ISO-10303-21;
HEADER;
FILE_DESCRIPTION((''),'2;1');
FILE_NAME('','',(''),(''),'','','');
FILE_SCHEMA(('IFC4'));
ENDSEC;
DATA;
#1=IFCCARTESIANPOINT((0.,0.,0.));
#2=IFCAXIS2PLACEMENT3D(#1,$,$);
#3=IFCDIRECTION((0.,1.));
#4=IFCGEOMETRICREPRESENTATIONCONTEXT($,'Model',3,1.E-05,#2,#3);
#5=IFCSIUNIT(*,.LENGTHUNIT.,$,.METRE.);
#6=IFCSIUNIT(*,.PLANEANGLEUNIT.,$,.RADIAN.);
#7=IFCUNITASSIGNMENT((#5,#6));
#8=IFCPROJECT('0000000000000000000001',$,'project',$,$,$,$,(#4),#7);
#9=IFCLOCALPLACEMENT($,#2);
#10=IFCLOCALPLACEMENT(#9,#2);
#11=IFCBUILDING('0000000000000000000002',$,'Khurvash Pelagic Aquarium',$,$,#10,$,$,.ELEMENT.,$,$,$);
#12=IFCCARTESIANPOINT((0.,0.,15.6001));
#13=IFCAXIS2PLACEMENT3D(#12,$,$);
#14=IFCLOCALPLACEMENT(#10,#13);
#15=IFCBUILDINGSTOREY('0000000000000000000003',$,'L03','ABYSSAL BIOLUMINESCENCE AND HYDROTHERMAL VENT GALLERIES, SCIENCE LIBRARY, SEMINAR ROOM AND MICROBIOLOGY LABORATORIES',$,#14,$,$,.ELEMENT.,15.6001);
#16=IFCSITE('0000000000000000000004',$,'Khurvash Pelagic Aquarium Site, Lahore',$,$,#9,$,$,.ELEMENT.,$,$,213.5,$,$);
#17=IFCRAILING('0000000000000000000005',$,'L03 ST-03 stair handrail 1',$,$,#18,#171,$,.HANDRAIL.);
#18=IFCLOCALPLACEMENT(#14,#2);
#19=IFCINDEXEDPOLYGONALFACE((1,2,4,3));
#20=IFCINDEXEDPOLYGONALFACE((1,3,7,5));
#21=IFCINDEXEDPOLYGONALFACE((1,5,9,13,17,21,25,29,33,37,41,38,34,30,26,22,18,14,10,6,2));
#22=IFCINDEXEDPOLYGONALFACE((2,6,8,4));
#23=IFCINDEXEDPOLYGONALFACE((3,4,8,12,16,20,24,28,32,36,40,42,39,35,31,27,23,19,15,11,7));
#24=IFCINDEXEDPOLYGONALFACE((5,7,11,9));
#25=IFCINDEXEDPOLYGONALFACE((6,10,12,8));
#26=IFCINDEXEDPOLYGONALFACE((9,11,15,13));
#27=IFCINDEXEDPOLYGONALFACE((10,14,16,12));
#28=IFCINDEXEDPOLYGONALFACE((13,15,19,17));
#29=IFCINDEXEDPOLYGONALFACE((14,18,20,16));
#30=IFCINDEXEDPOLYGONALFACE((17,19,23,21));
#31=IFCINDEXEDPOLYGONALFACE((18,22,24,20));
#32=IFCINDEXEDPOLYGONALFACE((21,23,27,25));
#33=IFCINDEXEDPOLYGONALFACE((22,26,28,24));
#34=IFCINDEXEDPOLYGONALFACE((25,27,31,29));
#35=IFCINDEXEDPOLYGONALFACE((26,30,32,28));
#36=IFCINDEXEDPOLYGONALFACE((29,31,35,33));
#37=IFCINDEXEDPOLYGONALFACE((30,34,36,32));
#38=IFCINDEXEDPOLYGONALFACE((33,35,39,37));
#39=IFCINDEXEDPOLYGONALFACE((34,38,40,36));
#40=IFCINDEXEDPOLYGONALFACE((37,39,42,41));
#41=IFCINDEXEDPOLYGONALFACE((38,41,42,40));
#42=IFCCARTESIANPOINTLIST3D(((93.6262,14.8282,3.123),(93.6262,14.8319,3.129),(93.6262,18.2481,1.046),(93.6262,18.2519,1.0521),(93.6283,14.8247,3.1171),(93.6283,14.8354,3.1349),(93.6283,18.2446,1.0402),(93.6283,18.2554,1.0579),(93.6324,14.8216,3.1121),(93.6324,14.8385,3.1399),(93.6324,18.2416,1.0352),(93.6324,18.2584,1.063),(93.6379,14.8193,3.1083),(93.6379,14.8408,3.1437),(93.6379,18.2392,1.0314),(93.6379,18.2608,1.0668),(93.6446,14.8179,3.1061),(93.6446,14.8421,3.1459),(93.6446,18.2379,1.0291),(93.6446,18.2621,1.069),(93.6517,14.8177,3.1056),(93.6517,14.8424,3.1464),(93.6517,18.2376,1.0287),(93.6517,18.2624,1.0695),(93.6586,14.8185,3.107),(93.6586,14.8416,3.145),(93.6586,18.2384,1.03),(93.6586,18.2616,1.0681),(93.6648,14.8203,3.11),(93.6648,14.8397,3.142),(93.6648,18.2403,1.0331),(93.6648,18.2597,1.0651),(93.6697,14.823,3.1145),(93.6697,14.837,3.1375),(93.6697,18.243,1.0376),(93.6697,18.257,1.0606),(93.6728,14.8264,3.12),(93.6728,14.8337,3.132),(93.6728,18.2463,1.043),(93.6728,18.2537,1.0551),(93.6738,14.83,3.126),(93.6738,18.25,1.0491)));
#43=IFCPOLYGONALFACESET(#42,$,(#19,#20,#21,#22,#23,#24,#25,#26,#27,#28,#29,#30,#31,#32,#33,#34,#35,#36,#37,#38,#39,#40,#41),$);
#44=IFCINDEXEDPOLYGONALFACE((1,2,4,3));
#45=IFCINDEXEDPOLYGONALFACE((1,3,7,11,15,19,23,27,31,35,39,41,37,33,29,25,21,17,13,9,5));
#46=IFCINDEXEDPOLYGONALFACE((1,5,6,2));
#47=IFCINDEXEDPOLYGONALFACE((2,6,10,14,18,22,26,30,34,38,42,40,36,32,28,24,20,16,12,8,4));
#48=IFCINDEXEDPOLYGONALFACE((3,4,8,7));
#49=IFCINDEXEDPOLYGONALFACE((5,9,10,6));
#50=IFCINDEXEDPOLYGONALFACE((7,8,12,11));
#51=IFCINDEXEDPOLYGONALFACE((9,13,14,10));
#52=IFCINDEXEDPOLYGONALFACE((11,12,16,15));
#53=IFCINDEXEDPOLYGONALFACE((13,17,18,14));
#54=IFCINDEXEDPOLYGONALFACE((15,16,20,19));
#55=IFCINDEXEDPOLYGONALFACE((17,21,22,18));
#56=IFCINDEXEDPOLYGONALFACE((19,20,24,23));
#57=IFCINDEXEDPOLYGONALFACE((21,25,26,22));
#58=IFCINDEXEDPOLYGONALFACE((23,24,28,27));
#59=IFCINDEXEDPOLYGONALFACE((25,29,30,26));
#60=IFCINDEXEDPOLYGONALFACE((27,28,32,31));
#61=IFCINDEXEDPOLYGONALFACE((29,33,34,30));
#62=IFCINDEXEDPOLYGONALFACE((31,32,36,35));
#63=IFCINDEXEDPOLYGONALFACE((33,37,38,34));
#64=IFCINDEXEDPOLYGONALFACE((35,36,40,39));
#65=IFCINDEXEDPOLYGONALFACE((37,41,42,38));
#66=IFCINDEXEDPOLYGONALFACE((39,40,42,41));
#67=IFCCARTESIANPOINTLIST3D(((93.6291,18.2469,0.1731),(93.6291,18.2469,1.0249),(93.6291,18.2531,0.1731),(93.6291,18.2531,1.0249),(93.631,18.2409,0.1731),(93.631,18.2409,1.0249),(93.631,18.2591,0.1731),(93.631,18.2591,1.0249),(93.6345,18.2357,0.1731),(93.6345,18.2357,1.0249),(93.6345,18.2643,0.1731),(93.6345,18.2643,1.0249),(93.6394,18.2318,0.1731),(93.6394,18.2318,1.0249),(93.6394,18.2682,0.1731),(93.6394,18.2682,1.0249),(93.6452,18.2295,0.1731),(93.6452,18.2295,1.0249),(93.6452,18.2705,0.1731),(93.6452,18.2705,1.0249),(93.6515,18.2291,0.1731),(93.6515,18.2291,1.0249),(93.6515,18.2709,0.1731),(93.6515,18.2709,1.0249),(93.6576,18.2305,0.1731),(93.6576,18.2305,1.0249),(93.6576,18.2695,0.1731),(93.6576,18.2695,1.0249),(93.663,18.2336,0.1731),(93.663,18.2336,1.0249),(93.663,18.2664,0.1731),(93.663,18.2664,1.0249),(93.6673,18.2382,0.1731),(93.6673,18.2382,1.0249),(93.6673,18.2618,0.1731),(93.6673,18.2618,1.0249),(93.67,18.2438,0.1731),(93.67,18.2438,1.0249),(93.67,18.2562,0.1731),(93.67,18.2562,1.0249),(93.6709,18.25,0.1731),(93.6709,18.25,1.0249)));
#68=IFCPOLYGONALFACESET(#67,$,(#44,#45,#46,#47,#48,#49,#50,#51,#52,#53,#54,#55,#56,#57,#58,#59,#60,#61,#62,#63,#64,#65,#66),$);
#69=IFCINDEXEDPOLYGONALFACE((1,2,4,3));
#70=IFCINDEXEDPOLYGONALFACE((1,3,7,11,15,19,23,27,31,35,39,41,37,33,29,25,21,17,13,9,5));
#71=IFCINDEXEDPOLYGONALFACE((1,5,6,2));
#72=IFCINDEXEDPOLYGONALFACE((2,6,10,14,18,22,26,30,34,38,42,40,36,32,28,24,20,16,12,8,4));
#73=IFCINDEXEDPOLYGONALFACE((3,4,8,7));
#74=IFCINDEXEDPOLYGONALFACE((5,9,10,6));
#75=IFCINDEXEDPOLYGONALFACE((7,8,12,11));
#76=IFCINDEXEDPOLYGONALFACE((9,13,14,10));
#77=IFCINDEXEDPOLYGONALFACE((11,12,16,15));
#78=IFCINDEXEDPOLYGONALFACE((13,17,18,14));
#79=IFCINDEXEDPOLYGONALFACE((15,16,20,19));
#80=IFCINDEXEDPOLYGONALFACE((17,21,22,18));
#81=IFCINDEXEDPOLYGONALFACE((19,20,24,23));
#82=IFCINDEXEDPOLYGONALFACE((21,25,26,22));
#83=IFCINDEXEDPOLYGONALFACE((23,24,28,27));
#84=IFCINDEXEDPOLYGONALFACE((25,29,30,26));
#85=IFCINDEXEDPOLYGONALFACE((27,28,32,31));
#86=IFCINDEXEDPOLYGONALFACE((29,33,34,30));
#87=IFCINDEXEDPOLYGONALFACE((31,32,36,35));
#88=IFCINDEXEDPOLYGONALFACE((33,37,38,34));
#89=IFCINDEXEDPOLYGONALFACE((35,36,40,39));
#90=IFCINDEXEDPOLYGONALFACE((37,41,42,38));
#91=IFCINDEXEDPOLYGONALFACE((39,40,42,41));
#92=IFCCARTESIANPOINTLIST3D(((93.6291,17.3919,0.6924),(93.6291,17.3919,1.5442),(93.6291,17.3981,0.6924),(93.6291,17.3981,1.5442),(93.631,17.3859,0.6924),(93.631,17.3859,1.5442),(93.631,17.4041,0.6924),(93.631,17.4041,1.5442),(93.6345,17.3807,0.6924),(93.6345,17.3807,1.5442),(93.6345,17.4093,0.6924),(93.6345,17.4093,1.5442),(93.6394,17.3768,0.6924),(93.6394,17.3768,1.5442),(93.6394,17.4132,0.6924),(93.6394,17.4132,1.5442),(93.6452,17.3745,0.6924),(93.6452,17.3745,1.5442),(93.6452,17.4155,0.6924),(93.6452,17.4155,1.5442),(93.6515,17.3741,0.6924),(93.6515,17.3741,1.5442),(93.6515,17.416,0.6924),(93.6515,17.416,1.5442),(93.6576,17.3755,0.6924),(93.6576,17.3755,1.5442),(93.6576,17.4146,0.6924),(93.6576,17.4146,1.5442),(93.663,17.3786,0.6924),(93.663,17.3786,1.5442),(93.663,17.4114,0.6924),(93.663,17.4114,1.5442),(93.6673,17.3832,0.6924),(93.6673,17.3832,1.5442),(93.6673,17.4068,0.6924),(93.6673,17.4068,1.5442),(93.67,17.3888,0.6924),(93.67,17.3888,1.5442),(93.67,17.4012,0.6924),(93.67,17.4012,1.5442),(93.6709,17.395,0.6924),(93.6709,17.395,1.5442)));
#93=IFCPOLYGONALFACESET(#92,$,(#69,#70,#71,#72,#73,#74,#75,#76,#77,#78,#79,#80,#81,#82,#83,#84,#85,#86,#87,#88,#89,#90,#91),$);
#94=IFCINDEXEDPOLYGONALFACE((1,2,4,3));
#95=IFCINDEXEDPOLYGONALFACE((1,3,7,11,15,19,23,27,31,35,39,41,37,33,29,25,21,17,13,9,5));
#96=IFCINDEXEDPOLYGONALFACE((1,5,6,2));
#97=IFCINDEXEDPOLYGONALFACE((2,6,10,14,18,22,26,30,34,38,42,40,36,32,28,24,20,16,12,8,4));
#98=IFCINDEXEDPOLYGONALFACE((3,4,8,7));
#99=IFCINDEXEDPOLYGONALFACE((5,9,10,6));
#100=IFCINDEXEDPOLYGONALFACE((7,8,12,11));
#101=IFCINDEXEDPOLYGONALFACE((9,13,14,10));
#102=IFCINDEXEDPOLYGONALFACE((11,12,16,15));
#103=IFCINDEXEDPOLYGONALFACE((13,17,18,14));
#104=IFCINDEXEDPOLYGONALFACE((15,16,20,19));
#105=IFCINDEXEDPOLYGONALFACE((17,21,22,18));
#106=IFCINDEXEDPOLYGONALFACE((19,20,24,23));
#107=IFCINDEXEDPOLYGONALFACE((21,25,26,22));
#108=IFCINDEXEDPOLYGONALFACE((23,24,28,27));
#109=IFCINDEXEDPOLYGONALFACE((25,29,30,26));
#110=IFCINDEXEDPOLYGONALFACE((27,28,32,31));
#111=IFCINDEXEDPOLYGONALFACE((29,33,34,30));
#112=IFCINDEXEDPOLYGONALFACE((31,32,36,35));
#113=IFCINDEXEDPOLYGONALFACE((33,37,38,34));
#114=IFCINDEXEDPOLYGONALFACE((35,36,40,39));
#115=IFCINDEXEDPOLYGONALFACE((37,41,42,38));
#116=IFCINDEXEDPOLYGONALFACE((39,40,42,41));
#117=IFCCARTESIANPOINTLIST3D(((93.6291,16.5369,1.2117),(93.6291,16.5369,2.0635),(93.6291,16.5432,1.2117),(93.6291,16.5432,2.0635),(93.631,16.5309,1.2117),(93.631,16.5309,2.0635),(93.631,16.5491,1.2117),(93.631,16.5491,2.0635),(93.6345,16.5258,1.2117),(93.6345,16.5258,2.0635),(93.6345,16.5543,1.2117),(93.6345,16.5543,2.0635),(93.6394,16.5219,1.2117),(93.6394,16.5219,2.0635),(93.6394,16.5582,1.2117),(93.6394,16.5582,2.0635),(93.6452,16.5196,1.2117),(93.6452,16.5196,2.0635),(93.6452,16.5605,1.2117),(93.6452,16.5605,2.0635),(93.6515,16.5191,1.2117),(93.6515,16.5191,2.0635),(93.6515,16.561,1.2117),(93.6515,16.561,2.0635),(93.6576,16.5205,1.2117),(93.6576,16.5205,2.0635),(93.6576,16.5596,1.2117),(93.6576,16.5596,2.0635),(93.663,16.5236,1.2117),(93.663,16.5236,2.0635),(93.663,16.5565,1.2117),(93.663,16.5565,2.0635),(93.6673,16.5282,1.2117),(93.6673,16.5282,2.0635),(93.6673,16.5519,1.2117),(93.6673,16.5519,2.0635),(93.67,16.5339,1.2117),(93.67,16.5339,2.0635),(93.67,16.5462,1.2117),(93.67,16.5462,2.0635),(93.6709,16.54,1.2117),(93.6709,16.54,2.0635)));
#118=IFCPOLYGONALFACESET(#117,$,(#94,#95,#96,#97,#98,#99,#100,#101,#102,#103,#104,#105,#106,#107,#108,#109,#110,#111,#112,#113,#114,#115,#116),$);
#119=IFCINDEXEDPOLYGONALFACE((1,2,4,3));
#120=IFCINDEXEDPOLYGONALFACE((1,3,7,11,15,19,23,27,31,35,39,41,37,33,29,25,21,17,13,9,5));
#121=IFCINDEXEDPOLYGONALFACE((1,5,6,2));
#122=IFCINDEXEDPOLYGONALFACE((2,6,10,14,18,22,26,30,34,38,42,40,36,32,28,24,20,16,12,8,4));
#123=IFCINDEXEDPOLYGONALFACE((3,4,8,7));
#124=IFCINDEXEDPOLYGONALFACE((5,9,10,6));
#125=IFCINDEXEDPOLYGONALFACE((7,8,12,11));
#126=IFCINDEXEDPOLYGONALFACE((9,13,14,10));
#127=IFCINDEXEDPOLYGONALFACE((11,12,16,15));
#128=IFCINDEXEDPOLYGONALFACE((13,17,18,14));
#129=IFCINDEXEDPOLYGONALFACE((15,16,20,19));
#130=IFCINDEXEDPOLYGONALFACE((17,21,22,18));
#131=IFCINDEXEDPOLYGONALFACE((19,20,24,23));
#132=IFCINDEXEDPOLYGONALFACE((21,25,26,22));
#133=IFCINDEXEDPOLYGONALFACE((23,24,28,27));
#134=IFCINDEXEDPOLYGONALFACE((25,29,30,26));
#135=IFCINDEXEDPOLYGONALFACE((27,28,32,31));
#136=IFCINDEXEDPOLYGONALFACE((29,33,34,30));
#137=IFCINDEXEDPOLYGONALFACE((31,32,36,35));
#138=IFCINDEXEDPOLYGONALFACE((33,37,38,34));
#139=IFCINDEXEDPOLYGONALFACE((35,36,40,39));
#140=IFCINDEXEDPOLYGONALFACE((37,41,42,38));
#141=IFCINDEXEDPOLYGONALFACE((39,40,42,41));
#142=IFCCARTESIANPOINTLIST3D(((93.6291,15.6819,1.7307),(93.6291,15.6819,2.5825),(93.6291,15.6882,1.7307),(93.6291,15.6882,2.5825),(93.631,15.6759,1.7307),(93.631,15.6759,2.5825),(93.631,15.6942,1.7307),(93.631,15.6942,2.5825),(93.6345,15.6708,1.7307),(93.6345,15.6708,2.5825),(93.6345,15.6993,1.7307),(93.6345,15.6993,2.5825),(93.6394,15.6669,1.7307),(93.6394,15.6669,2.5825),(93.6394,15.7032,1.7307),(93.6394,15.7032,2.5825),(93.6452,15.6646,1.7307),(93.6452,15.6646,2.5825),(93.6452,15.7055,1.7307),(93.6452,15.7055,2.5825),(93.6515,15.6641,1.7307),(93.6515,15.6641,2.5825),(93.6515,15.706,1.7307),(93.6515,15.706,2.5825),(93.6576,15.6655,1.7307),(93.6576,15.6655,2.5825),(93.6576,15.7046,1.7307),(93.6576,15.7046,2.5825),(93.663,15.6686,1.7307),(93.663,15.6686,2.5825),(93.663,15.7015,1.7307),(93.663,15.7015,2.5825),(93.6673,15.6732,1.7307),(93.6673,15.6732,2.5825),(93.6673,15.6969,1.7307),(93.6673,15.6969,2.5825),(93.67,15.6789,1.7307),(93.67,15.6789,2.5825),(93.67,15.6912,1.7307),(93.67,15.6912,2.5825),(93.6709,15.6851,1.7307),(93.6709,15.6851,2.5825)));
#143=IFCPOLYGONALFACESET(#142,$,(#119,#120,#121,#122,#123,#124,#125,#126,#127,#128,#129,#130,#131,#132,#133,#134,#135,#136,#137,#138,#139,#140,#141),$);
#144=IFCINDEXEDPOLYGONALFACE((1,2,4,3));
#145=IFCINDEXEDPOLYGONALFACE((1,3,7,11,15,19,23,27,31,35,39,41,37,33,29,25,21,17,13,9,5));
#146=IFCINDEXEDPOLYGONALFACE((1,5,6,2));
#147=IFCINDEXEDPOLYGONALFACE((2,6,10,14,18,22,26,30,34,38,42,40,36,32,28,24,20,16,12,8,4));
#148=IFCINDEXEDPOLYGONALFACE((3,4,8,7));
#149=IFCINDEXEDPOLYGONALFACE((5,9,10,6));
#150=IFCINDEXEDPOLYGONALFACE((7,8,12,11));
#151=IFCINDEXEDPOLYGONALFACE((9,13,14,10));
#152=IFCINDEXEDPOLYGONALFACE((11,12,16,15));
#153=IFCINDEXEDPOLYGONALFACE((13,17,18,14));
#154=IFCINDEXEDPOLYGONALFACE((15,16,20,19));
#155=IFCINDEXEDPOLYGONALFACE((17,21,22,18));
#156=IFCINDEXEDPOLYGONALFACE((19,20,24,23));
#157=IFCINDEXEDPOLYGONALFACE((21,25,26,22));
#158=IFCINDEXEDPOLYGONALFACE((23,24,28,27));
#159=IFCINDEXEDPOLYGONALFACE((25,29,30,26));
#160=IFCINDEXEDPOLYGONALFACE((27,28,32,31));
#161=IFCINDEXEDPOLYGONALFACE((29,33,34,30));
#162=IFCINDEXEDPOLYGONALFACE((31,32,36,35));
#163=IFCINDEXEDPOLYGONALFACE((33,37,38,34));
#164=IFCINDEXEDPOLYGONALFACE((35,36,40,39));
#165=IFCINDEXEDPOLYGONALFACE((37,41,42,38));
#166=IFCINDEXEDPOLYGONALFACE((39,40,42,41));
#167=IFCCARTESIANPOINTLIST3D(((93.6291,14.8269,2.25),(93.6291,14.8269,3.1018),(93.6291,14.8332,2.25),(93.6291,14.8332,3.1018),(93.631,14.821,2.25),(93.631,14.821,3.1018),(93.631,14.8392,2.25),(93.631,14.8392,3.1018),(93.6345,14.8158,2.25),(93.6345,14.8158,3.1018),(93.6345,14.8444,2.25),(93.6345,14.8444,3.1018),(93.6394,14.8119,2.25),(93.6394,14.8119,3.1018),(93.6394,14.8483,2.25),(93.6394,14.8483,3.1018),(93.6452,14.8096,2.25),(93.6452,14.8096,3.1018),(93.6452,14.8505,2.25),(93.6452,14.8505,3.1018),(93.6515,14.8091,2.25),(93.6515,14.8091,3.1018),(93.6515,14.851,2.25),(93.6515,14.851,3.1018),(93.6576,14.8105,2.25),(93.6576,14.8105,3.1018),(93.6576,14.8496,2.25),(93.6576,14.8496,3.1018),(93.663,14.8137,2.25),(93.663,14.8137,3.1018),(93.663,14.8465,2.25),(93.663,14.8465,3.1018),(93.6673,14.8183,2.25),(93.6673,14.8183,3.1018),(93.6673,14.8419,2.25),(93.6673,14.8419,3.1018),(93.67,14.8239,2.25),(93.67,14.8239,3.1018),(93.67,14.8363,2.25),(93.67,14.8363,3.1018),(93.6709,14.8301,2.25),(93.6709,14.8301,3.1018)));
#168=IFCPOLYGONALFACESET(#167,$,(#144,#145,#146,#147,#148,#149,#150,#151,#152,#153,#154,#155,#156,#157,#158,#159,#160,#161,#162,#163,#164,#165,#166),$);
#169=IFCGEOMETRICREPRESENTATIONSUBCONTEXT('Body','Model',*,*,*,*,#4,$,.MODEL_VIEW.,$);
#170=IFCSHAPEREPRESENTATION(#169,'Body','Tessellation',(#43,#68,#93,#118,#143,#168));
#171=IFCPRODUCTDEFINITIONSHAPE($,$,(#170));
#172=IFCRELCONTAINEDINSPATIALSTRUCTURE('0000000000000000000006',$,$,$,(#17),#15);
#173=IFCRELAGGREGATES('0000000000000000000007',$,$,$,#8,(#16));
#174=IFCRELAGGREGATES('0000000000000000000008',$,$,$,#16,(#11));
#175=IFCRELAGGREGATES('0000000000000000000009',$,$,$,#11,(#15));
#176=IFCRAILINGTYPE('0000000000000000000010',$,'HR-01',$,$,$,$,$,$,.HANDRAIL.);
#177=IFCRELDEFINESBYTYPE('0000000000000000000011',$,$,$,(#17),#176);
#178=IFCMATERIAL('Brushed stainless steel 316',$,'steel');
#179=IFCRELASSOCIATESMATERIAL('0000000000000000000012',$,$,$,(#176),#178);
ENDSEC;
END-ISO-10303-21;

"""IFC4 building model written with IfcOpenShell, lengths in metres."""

from ifc_helpers import new_model, si_unit, direction, frame, origin, origin_2d, place, context, subcontext, project, spatial, circle, extrude, material, type_object, element, save


model = new_model("IFC4")

# Units and contexts
model_context = context("Model", 3, precision=1e-05, world=origin(), true_north=direction((0.0, 1.0)))
body_context = subcontext(model_context, "Body", "Model", "MODEL_VIEW")
ifc_project = project(units=[si_unit("LENGTHUNIT", "METRE"), si_unit("PLANEANGLEUNIT", "RADIAN")], contexts=[model_context])

# Site, building, storey
site_placement = place(None, origin())
site = spatial("IfcSite", under=ifc_project, at=site_placement, Name="Khurvash Pelagic Aquarium Site, Lahore", CompositionType="ELEMENT", RefElevation=213.5)
building_placement = place(site_placement, origin())
building = spatial("IfcBuilding", under=site, at=building_placement, Name="Khurvash Pelagic Aquarium", CompositionType="ELEMENT")
storey_placement = place(building_placement, frame((0.0, 0.0, 15.6001)))
storey = spatial("IfcBuildingStorey", under=building, at=storey_placement, Name="L03", Description="ABYSSAL BIOLUMINESCENCE AND HYDROTHERMAL VENT GALLERIES, SCIENCE LIBRARY, SEMINAR ROOM AND MICROBIOLOGY LABORATORIES", CompositionType="ELEMENT", Elevation=15.6001)

# Railing
ifc_material_1 = material(Name="Brushed stainless steel 316", Category="steel")
railing_type_1 = type_object("IfcRailingType", Name="HR-01", PredefinedType="HANDRAIL", material=ifc_material_1)
railing_1_placement = place(storey_placement, frame((93.6499, 18.25, 0.1731)))
element("IfcRailing", 1, at=railing_1_placement, inside=storey, type_object=railing_type_1, Name="L03 ST-03 stair handrail 1", PredefinedType="HANDRAIL", context=body_context, shape_type="SweptSolid", body=[
    extrude(circle(Radius=0.0239, at=origin_2d()), frame((0.0, 0.0, 0.876), z_axis=(0.0, -0.85473, 0.519074), x_axis=(1.0, 0.0, 0.0)), (0.0, 0.0, 1.0), 4.0012),
    extrude(circle(Radius=0.021, at=origin_2d()), origin(), (0.0, 0.0, 1.0), 0.8518),
    extrude(circle(Radius=0.021, at=origin_2d()), frame((0.0, -0.855, 0.5193)), (0.0, 0.0, 1.0), 0.8518),
    extrude(circle(Radius=0.021, at=origin_2d()), frame((0.0, -1.71, 1.0386)), (0.0, 0.0, 1.0), 0.8518),
    extrude(circle(Radius=0.021, at=origin_2d()), frame((0.0, -2.5649, 1.5576)), (0.0, 0.0, 1.0), 0.8518),
    extrude(circle(Radius=0.021, at=origin_2d()), frame((0.0, -3.4199, 2.0769)), (0.0, 0.0, 1.0), 0.8518),
])

save(model, "model.ifc")
